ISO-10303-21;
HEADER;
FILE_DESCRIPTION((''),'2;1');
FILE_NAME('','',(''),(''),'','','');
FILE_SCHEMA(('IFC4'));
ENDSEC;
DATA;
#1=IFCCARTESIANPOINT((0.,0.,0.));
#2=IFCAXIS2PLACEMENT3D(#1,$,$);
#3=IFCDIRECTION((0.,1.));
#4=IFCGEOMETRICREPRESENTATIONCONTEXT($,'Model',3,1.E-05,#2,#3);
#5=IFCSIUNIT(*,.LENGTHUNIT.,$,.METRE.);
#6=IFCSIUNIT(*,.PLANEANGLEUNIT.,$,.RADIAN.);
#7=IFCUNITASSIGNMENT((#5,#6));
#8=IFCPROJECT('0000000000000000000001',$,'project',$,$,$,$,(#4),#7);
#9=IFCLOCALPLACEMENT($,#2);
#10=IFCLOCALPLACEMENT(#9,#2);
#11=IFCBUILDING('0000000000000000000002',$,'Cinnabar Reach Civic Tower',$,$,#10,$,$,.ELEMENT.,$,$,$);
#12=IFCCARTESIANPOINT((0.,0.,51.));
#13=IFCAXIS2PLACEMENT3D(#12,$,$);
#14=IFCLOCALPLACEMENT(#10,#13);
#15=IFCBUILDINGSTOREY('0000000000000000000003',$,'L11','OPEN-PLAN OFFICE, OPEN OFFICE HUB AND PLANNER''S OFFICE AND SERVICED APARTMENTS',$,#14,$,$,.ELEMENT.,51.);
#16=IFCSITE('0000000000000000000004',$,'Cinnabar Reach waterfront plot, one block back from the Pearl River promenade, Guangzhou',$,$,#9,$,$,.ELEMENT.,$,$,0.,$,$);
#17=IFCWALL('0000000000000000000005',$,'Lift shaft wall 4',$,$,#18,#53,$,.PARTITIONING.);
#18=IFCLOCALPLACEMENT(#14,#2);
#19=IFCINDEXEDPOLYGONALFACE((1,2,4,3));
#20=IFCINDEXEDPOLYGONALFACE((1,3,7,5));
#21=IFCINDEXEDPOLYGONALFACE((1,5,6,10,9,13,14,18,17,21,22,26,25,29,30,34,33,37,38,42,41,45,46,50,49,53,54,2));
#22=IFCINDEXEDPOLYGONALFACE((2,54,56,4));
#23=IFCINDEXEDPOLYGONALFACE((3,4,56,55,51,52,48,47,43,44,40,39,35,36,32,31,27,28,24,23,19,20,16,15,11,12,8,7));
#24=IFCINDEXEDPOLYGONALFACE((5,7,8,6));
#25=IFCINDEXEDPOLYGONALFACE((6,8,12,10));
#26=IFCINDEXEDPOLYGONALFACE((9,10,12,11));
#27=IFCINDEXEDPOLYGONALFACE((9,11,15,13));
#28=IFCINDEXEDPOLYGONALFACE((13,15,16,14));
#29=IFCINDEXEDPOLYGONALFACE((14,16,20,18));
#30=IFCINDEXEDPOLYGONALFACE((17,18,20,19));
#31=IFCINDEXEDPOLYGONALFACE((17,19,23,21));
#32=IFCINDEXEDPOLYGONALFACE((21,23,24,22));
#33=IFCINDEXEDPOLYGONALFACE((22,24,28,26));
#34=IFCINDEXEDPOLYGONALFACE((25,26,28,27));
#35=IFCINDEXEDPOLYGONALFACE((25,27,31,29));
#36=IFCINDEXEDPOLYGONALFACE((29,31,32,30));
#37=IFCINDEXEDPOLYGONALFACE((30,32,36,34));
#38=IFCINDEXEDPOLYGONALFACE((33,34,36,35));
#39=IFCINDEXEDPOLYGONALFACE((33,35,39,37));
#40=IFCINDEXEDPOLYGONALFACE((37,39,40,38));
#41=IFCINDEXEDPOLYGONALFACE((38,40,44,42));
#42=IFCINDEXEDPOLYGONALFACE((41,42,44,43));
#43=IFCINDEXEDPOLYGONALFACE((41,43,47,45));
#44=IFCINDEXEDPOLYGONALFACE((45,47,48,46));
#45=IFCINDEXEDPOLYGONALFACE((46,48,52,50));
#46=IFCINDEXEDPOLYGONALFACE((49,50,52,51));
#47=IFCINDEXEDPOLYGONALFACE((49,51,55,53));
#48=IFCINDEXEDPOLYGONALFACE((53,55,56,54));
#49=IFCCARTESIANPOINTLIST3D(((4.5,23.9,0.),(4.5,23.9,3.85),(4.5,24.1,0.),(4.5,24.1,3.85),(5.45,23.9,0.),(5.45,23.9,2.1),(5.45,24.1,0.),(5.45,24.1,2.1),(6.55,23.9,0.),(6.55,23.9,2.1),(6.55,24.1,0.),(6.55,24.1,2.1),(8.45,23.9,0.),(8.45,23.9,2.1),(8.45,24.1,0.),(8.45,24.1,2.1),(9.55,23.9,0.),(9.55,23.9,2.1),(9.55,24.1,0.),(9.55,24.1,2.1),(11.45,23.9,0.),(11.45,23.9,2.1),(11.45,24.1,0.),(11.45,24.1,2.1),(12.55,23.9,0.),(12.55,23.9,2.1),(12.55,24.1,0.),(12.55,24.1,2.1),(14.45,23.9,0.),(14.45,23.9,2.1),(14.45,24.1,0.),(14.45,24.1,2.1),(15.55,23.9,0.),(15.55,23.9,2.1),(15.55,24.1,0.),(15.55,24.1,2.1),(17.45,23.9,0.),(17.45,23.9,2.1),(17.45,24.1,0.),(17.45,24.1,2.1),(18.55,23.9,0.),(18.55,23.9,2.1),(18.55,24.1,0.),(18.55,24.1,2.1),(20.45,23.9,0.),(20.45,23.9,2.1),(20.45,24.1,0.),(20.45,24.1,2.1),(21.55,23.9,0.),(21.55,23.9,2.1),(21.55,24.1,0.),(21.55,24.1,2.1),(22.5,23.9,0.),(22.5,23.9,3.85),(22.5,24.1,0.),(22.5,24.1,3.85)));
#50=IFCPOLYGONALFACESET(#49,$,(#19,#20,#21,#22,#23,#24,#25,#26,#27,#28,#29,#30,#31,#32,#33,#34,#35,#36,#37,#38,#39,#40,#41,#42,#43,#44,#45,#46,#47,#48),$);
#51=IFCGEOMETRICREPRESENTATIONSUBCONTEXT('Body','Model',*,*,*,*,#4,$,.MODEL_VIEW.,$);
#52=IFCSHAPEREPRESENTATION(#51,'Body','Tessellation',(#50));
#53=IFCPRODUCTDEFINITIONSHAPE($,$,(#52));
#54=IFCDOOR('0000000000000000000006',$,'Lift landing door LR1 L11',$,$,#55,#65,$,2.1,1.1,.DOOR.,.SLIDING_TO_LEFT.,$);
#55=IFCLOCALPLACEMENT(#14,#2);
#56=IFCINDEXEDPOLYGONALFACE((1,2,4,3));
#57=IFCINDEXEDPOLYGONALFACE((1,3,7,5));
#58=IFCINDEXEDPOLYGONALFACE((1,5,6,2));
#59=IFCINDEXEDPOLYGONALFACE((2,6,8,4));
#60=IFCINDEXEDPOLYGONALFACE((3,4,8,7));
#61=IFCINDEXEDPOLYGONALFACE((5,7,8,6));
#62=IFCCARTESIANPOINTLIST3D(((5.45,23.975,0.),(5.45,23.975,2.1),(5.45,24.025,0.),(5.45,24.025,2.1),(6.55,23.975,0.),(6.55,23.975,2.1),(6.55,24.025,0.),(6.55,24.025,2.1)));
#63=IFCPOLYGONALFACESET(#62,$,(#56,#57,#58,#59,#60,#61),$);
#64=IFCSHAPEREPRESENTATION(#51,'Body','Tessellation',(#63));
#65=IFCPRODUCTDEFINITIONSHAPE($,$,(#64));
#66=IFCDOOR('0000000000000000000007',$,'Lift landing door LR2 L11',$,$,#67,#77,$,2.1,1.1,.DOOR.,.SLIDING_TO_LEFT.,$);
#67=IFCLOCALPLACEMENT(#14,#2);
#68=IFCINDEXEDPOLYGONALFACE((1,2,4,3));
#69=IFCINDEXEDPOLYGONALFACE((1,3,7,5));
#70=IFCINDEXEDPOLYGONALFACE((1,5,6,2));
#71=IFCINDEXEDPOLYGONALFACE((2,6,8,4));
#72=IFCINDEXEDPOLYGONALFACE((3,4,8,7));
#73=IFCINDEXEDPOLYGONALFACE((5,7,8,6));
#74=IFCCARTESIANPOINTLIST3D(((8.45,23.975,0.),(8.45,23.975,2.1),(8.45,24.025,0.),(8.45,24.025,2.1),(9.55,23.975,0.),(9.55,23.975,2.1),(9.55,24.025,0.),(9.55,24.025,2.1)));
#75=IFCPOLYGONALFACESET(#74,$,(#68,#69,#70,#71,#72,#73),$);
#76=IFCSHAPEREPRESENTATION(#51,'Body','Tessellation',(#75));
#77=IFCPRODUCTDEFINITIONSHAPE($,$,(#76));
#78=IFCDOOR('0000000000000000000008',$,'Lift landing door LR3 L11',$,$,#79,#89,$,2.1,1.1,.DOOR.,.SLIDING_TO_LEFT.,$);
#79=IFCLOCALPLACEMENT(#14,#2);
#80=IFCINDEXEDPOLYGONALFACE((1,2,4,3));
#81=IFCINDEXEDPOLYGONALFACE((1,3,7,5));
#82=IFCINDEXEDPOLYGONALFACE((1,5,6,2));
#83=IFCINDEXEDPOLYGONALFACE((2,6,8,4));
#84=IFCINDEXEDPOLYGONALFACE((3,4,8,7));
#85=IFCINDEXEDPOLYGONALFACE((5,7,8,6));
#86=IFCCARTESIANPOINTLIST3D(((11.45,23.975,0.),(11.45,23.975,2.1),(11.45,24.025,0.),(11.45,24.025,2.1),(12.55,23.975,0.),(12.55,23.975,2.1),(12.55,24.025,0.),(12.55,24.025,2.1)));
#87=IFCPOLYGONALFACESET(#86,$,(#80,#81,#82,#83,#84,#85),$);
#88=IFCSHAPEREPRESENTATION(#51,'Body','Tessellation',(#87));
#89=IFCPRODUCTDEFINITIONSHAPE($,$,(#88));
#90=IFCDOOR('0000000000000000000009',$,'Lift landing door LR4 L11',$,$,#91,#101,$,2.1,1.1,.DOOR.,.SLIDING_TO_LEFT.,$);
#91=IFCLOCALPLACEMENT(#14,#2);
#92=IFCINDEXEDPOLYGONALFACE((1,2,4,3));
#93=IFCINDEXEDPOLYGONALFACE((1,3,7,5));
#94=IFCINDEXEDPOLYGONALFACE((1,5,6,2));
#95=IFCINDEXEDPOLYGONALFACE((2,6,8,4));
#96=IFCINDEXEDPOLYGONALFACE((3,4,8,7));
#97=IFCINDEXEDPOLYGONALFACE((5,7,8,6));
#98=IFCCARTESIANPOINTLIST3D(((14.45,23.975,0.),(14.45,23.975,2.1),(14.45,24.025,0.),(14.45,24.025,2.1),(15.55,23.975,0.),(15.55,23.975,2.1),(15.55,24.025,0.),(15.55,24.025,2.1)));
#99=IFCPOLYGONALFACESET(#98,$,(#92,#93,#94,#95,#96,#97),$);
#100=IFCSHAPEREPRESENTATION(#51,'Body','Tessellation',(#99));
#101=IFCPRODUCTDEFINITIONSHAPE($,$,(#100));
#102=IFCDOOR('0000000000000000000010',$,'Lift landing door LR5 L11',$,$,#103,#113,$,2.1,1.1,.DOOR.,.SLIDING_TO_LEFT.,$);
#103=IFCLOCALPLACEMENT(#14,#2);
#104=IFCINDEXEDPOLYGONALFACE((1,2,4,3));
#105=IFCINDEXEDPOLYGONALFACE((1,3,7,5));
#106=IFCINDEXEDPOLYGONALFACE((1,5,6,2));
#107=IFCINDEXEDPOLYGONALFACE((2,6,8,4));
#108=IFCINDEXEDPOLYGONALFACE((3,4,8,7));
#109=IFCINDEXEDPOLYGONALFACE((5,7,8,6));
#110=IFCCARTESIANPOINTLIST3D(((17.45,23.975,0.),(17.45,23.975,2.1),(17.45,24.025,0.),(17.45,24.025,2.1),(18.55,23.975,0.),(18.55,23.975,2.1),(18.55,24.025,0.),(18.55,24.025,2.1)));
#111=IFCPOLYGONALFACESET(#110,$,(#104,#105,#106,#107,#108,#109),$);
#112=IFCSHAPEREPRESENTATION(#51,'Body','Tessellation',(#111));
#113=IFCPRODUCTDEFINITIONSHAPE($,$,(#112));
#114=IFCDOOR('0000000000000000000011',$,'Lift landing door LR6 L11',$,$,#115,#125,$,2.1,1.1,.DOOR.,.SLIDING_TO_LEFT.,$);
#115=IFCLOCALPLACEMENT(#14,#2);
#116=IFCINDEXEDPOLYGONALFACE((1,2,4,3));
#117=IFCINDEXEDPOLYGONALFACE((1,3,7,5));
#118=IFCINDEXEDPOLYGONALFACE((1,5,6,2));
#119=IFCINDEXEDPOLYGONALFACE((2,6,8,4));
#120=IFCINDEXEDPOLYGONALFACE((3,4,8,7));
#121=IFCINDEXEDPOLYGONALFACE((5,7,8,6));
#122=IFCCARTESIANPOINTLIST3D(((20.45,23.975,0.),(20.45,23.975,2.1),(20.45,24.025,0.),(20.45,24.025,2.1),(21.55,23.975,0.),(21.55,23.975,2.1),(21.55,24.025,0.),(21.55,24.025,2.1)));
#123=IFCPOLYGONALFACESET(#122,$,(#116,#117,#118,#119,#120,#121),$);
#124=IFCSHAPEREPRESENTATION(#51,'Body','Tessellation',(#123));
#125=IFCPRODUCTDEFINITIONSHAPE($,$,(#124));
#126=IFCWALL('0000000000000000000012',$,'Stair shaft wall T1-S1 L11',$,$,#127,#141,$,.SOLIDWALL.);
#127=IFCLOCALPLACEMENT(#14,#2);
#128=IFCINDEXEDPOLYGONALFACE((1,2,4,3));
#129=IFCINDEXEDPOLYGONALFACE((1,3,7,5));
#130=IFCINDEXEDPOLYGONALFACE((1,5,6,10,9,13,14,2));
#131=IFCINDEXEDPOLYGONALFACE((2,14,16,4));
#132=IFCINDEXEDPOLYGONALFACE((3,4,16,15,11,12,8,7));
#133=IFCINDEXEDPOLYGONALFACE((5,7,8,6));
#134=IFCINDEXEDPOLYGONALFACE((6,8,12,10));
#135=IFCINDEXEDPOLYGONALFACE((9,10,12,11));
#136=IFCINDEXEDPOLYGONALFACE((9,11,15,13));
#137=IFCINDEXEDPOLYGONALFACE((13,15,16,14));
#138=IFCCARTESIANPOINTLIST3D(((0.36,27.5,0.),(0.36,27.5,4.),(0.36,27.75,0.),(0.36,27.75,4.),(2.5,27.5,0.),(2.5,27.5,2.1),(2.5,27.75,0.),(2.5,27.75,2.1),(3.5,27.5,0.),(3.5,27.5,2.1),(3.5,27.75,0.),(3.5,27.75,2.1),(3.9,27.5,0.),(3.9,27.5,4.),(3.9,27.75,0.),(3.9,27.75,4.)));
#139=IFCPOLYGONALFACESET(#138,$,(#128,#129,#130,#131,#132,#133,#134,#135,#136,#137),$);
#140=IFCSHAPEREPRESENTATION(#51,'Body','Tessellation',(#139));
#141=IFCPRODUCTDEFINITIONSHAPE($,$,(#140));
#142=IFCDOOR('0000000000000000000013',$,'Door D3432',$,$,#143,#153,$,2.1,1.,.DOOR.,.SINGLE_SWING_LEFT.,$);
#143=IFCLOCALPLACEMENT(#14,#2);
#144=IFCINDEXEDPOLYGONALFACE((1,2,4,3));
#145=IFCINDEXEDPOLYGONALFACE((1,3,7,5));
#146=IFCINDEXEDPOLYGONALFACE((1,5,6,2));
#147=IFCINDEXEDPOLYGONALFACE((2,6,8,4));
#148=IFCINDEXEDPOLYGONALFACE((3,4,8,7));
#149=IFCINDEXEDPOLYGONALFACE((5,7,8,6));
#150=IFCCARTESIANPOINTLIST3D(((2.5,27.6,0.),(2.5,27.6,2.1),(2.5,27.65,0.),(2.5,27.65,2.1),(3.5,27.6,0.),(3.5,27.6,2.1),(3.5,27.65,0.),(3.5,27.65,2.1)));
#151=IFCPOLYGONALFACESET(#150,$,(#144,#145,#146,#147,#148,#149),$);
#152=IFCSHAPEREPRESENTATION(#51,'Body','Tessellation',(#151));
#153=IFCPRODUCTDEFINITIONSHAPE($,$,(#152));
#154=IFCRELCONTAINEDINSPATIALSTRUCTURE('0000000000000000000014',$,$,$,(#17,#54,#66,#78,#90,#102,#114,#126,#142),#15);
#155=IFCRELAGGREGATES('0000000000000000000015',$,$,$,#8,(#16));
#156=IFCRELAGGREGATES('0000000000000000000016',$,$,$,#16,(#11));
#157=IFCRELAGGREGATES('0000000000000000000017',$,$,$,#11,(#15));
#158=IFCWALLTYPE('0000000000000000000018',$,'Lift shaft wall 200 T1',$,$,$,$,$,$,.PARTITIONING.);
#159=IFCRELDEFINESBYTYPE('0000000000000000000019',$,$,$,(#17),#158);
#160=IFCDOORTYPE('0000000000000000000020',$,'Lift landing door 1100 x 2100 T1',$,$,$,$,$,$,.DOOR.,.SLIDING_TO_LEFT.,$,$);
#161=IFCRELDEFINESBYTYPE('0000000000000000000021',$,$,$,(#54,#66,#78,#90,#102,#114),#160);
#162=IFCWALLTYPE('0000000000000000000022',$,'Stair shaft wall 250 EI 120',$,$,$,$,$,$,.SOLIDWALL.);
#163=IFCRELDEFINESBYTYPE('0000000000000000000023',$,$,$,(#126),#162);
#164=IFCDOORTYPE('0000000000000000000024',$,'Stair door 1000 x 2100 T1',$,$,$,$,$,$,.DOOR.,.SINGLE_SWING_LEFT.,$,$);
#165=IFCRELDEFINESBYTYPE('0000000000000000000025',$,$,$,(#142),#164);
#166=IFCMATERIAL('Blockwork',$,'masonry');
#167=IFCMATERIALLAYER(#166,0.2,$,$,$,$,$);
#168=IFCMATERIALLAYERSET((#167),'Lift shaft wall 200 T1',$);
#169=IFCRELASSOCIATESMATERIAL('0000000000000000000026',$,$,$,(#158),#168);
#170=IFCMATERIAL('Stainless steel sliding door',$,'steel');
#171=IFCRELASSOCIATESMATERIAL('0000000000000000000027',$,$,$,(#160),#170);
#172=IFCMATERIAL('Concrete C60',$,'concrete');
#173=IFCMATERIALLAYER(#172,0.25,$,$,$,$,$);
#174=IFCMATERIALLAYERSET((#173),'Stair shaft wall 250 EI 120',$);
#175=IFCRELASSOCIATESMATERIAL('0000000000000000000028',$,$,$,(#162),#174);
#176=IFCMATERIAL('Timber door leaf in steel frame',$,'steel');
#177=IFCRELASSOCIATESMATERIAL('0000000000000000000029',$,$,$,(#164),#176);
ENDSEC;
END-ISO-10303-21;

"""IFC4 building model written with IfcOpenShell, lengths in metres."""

from ifc_helpers import new_model, si_unit, direction, frame, frame_2d, origin, place, context, subcontext, project, spatial, rectangle, extrude, material, layer, layer_set, type_object, element, fill, save


model = new_model("IFC4")

# Units and contexts
model_context = context("Model", 3, precision=1e-05, world=origin(), true_north=direction((0.0, 1.0)))
body_context = subcontext(model_context, "Body", "Model", "MODEL_VIEW")
ifc_project = project(units=[si_unit("LENGTHUNIT", "METRE"), si_unit("PLANEANGLEUNIT", "RADIAN")], contexts=[model_context])

# Site, building, storey
site_placement = place(None, origin())
site = spatial("IfcSite", under=ifc_project, at=site_placement, Name="Cinnabar Reach waterfront plot, one block back from the Pearl River promenade, Guangzhou", CompositionType="ELEMENT", RefElevation=0.0)
building_placement = place(site_placement, origin())
building = spatial("IfcBuilding", under=site, at=building_placement, Name="Cinnabar Reach Civic Tower", CompositionType="ELEMENT")
storey_placement = place(building_placement, frame((0.0, 0.0, 51.0)))
storey = spatial("IfcBuildingStorey", under=building, at=storey_placement, Name="L11", Description="OPEN-PLAN OFFICE, OPEN OFFICE HUB AND PLANNER'S OFFICE AND SERVICED APARTMENTS", CompositionType="ELEMENT", Elevation=51.0)

# Wall, openings, doors
ifc_material_1 = material(Name="Timber door leaf in steel frame", Category="steel")
ifc_material_2 = material(Name="Blockwork", Category="masonry")
ifc_layer_1 = layer(ifc_material_2, 0.2)
ifc_layer_set_1 = layer_set([ifc_layer_1], Name="Lift shaft wall 200 T1")
wall_type_1 = type_object("IfcWallType", Name="Lift shaft wall 200 T1", PredefinedType="PARTITIONING", material=ifc_layer_set_1)
wall_1_placement = place(storey_placement, frame((4.5, 24.0, 0.0), z_axis=(0.0, 0.0, 1.0), x_axis=(1.0, 0.0, 0.0)))
wall_1 = element("IfcWall", 1, at=wall_1_placement, inside=storey, type_object=wall_type_1, Name="Lift shaft wall 4", PredefinedType="PARTITIONING", context=body_context, shape_type="SweptSolid", body=[
    extrude(rectangle(XDim=18.0, YDim=0.2, at=frame_2d((9.0, 0.0))), origin(), (0.0, 0.0, 1.0), 3.85),
])
opening_1_placement = place(wall_1_placement, frame((0.95, 0.0, 0.0)))
opening_1 = element("IfcOpeningElement", 2, at=opening_1_placement, cuts=wall_1, PredefinedType="OPENING", context=body_context, shape_type="SweptSolid", body=[
    extrude(rectangle(XDim=1.1, YDim=2.1, at=frame_2d((0.55, 1.05))), frame((0.0, 0.11, 0.0), z_axis=(0.0, -1.0, 0.0), x_axis=(1.0, 0.0, 0.0)), (0.0, 0.0, 1.0), 0.22),
])
opening_2_placement = place(wall_1_placement, frame((3.95, 0.0, 0.0)))
opening_2 = element("IfcOpeningElement", 3, at=opening_2_placement, cuts=wall_1, PredefinedType="OPENING", context=body_context, shape_type="SweptSolid", body=[
    extrude(rectangle(XDim=1.1, YDim=2.1, at=frame_2d((0.55, 1.05))), frame((0.0, 0.11, 0.0), z_axis=(0.0, -1.0, 0.0), x_axis=(1.0, 0.0, 0.0)), (0.0, 0.0, 1.0), 0.22),
])
opening_3_placement = place(wall_1_placement, frame((6.95, 0.0, 0.0)))
opening_3 = element("IfcOpeningElement", 4, at=opening_3_placement, cuts=wall_1, PredefinedType="OPENING", context=body_context, shape_type="SweptSolid", body=[
    extrude(rectangle(XDim=1.1, YDim=2.1, at=frame_2d((0.55, 1.05))), frame((0.0, 0.11, 0.0), z_axis=(0.0, -1.0, 0.0), x_axis=(1.0, 0.0, 0.0)), (0.0, 0.0, 1.0), 0.22),
])
opening_4_placement = place(wall_1_placement, frame((9.95, 0.0, 0.0)))
opening_4 = element("IfcOpeningElement", 5, at=opening_4_placement, cuts=wall_1, PredefinedType="OPENING", context=body_context, shape_type="SweptSolid", body=[
    extrude(rectangle(XDim=1.1, YDim=2.1, at=frame_2d((0.55, 1.05))), frame((0.0, 0.11, 0.0), z_axis=(0.0, -1.0, 0.0), x_axis=(1.0, 0.0, 0.0)), (0.0, 0.0, 1.0), 0.22),
])
opening_5_placement = place(wall_1_placement, frame((12.95, 0.0, 0.0)))
opening_5 = element("IfcOpeningElement", 6, at=opening_5_placement, cuts=wall_1, PredefinedType="OPENING", context=body_context, shape_type="SweptSolid", body=[
    extrude(rectangle(XDim=1.1, YDim=2.1, at=frame_2d((0.55, 1.05))), frame((0.0, 0.11, 0.0), z_axis=(0.0, -1.0, 0.0), x_axis=(1.0, 0.0, 0.0)), (0.0, 0.0, 1.0), 0.22),
])
opening_6_placement = place(wall_1_placement, frame((15.95, 0.0, 0.0)))
opening_6 = element("IfcOpeningElement", 7, at=opening_6_placement, cuts=wall_1, PredefinedType="OPENING", context=body_context, shape_type="SweptSolid", body=[
    extrude(rectangle(XDim=1.1, YDim=2.1, at=frame_2d((0.55, 1.05))), frame((0.0, 0.11, 0.0), z_axis=(0.0, -1.0, 0.0), x_axis=(1.0, 0.0, 0.0)), (0.0, 0.0, 1.0), 0.22),
])
ifc_material_3 = material(Name="Stainless steel sliding door", Category="steel")
door_type_1 = type_object("IfcDoorType", Name="Lift landing door 1100 x 2100 T1", OperationType="SLIDING_TO_LEFT", PredefinedType="DOOR", material=ifc_material_3)
door_1_placement = place(opening_1_placement, origin())
door_1 = element("IfcDoor", 8, at=door_1_placement, inside=storey, type_object=door_type_1, Name="Lift landing door LR1 L11", OperationType="SLIDING_TO_LEFT", OverallHeight=2.1, OverallWidth=1.1, PredefinedType="DOOR", context=body_context, shape_type="SweptSolid", body=[
    extrude(rectangle(XDim=1.1, YDim=2.1, at=frame_2d((0.55, 1.05))), frame((0.0, 0.025, 0.0), z_axis=(0.0, -1.0, 0.0), x_axis=(1.0, 0.0, 0.0)), (0.0, 0.0, 1.0), 0.05),
])
fill(opening_1, door_1)
door_2_placement = place(opening_2_placement, origin())
door_2 = element("IfcDoor", 9, at=door_2_placement, inside=storey, type_object=door_type_1, Name="Lift landing door LR2 L11", OperationType="SLIDING_TO_LEFT", OverallHeight=2.1, OverallWidth=1.1, PredefinedType="DOOR", context=body_context, shape_type="SweptSolid", body=[
    extrude(rectangle(XDim=1.1, YDim=2.1, at=frame_2d((0.55, 1.05))), frame((0.0, 0.025, 0.0), z_axis=(0.0, -1.0, 0.0), x_axis=(1.0, 0.0, 0.0)), (0.0, 0.0, 1.0), 0.05),
])
fill(opening_2, door_2)
door_3_placement = place(opening_3_placement, origin())
door_3 = element("IfcDoor", 10, at=door_3_placement, inside=storey, type_object=door_type_1, Name="Lift landing door LR3 L11", OperationType="SLIDING_TO_LEFT", OverallHeight=2.1, OverallWidth=1.1, PredefinedType="DOOR", context=body_context, shape_type="SweptSolid", body=[
    extrude(rectangle(XDim=1.1, YDim=2.1, at=frame_2d((0.55, 1.05))), frame((0.0, 0.025, 0.0), z_axis=(0.0, -1.0, 0.0), x_axis=(1.0, 0.0, 0.0)), (0.0, 0.0, 1.0), 0.05),
])
fill(opening_3, door_3)
door_4_placement = place(opening_4_placement, origin())
door_4 = element("IfcDoor", 11, at=door_4_placement, inside=storey, type_object=door_type_1, Name="Lift landing door LR4 L11", OperationType="SLIDING_TO_LEFT", OverallHeight=2.1, OverallWidth=1.1, PredefinedType="DOOR", context=body_context, shape_type="SweptSolid", body=[
    extrude(rectangle(XDim=1.1, YDim=2.1, at=frame_2d((0.55, 1.05))), frame((0.0, 0.025, 0.0), z_axis=(0.0, -1.0, 0.0), x_axis=(1.0, 0.0, 0.0)), (0.0, 0.0, 1.0), 0.05),
])
fill(opening_4, door_4)
door_5_placement = place(opening_5_placement, origin())
door_5 = element("IfcDoor", 12, at=door_5_placement, inside=storey, type_object=door_type_1, Name="Lift landing door LR5 L11", OperationType="SLIDING_TO_LEFT", OverallHeight=2.1, OverallWidth=1.1, PredefinedType="DOOR", context=body_context, shape_type="SweptSolid", body=[
    extrude(rectangle(XDim=1.1, YDim=2.1, at=frame_2d((0.55, 1.05))), frame((0.0, 0.025, 0.0), z_axis=(0.0, -1.0, 0.0), x_axis=(1.0, 0.0, 0.0)), (0.0, 0.0, 1.0), 0.05),
])
fill(opening_5, door_5)
door_6_placement = place(opening_6_placement, origin())
door_6 = element("IfcDoor", 13, at=door_6_placement, inside=storey, type_object=door_type_1, Name="Lift landing door LR6 L11", OperationType="SLIDING_TO_LEFT", OverallHeight=2.1, OverallWidth=1.1, PredefinedType="DOOR", context=body_context, shape_type="SweptSolid", body=[
    extrude(rectangle(XDim=1.1, YDim=2.1, at=frame_2d((0.55, 1.05))), frame((0.0, 0.025, 0.0), z_axis=(0.0, -1.0, 0.0), x_axis=(1.0, 0.0, 0.0)), (0.0, 0.0, 1.0), 0.05),
])
fill(opening_6, door_6)

# Wall, opening, door
ifc_material_4 = material(Name="Concrete C60", Category="concrete")
ifc_layer_2 = layer(ifc_material_4, 0.25)
ifc_layer_set_2 = layer_set([ifc_layer_2], Name="Stair shaft wall 250 EI 120")
wall_type_2 = type_object("IfcWallType", Name="Stair shaft wall 250 EI 120", PredefinedType="SOLIDWALL", material=ifc_layer_set_2)
wall_2_placement = place(storey_placement, frame((3.9, 27.625, 0.0), z_axis=(0.0, 0.0, 1.0), x_axis=(-1.0, 0.0, 0.0)))
wall_2 = element("IfcWall", 14, at=wall_2_placement, inside=storey, type_object=wall_type_2, Name="Stair shaft wall T1-S1 L11", PredefinedType="SOLIDWALL", context=body_context, shape_type="SweptSolid", body=[
    extrude(rectangle(XDim=3.54, YDim=0.25, at=frame_2d((1.77, 0.0))), origin(), (0.0, 0.0, 1.0), 4.0),
])
opening_7_placement = place(wall_2_placement, frame((0.4, 0.0, 0.0)))
opening_7 = element("IfcOpeningElement", 15, at=opening_7_placement, cuts=wall_2, PredefinedType="OPENING", context=body_context, shape_type="SweptSolid", body=[
    extrude(rectangle(XDim=1.0, YDim=2.1, at=frame_2d((0.5, 1.05))), frame((0.0, 0.135, 0.0), z_axis=(0.0, -1.0, 0.0), x_axis=(1.0, 0.0, 0.0)), (0.0, 0.0, 1.0), 0.27),
])
door_type_2 = type_object("IfcDoorType", Name="Stair door 1000 x 2100 T1", OperationType="SINGLE_SWING_LEFT", PredefinedType="DOOR", material=ifc_material_1)
door_7_placement = place(opening_7_placement, origin())
door_7 = element("IfcDoor", 16, at=door_7_placement, inside=storey, type_object=door_type_2, Name="Door D3432", OperationType="SINGLE_SWING_LEFT", OverallHeight=2.1, OverallWidth=1.0, PredefinedType="DOOR", context=body_context, shape_type="SweptSolid", body=[
    extrude(rectangle(XDim=1.0, YDim=2.1, at=frame_2d((0.5, 1.05))), frame((0.0, 0.025, 0.0), z_axis=(0.0, -1.0, 0.0), x_axis=(1.0, 0.0, 0.0)), (0.0, 0.0, 1.0), 0.05),
])
fill(opening_7, door_7)

save(model, "model.ifc")
